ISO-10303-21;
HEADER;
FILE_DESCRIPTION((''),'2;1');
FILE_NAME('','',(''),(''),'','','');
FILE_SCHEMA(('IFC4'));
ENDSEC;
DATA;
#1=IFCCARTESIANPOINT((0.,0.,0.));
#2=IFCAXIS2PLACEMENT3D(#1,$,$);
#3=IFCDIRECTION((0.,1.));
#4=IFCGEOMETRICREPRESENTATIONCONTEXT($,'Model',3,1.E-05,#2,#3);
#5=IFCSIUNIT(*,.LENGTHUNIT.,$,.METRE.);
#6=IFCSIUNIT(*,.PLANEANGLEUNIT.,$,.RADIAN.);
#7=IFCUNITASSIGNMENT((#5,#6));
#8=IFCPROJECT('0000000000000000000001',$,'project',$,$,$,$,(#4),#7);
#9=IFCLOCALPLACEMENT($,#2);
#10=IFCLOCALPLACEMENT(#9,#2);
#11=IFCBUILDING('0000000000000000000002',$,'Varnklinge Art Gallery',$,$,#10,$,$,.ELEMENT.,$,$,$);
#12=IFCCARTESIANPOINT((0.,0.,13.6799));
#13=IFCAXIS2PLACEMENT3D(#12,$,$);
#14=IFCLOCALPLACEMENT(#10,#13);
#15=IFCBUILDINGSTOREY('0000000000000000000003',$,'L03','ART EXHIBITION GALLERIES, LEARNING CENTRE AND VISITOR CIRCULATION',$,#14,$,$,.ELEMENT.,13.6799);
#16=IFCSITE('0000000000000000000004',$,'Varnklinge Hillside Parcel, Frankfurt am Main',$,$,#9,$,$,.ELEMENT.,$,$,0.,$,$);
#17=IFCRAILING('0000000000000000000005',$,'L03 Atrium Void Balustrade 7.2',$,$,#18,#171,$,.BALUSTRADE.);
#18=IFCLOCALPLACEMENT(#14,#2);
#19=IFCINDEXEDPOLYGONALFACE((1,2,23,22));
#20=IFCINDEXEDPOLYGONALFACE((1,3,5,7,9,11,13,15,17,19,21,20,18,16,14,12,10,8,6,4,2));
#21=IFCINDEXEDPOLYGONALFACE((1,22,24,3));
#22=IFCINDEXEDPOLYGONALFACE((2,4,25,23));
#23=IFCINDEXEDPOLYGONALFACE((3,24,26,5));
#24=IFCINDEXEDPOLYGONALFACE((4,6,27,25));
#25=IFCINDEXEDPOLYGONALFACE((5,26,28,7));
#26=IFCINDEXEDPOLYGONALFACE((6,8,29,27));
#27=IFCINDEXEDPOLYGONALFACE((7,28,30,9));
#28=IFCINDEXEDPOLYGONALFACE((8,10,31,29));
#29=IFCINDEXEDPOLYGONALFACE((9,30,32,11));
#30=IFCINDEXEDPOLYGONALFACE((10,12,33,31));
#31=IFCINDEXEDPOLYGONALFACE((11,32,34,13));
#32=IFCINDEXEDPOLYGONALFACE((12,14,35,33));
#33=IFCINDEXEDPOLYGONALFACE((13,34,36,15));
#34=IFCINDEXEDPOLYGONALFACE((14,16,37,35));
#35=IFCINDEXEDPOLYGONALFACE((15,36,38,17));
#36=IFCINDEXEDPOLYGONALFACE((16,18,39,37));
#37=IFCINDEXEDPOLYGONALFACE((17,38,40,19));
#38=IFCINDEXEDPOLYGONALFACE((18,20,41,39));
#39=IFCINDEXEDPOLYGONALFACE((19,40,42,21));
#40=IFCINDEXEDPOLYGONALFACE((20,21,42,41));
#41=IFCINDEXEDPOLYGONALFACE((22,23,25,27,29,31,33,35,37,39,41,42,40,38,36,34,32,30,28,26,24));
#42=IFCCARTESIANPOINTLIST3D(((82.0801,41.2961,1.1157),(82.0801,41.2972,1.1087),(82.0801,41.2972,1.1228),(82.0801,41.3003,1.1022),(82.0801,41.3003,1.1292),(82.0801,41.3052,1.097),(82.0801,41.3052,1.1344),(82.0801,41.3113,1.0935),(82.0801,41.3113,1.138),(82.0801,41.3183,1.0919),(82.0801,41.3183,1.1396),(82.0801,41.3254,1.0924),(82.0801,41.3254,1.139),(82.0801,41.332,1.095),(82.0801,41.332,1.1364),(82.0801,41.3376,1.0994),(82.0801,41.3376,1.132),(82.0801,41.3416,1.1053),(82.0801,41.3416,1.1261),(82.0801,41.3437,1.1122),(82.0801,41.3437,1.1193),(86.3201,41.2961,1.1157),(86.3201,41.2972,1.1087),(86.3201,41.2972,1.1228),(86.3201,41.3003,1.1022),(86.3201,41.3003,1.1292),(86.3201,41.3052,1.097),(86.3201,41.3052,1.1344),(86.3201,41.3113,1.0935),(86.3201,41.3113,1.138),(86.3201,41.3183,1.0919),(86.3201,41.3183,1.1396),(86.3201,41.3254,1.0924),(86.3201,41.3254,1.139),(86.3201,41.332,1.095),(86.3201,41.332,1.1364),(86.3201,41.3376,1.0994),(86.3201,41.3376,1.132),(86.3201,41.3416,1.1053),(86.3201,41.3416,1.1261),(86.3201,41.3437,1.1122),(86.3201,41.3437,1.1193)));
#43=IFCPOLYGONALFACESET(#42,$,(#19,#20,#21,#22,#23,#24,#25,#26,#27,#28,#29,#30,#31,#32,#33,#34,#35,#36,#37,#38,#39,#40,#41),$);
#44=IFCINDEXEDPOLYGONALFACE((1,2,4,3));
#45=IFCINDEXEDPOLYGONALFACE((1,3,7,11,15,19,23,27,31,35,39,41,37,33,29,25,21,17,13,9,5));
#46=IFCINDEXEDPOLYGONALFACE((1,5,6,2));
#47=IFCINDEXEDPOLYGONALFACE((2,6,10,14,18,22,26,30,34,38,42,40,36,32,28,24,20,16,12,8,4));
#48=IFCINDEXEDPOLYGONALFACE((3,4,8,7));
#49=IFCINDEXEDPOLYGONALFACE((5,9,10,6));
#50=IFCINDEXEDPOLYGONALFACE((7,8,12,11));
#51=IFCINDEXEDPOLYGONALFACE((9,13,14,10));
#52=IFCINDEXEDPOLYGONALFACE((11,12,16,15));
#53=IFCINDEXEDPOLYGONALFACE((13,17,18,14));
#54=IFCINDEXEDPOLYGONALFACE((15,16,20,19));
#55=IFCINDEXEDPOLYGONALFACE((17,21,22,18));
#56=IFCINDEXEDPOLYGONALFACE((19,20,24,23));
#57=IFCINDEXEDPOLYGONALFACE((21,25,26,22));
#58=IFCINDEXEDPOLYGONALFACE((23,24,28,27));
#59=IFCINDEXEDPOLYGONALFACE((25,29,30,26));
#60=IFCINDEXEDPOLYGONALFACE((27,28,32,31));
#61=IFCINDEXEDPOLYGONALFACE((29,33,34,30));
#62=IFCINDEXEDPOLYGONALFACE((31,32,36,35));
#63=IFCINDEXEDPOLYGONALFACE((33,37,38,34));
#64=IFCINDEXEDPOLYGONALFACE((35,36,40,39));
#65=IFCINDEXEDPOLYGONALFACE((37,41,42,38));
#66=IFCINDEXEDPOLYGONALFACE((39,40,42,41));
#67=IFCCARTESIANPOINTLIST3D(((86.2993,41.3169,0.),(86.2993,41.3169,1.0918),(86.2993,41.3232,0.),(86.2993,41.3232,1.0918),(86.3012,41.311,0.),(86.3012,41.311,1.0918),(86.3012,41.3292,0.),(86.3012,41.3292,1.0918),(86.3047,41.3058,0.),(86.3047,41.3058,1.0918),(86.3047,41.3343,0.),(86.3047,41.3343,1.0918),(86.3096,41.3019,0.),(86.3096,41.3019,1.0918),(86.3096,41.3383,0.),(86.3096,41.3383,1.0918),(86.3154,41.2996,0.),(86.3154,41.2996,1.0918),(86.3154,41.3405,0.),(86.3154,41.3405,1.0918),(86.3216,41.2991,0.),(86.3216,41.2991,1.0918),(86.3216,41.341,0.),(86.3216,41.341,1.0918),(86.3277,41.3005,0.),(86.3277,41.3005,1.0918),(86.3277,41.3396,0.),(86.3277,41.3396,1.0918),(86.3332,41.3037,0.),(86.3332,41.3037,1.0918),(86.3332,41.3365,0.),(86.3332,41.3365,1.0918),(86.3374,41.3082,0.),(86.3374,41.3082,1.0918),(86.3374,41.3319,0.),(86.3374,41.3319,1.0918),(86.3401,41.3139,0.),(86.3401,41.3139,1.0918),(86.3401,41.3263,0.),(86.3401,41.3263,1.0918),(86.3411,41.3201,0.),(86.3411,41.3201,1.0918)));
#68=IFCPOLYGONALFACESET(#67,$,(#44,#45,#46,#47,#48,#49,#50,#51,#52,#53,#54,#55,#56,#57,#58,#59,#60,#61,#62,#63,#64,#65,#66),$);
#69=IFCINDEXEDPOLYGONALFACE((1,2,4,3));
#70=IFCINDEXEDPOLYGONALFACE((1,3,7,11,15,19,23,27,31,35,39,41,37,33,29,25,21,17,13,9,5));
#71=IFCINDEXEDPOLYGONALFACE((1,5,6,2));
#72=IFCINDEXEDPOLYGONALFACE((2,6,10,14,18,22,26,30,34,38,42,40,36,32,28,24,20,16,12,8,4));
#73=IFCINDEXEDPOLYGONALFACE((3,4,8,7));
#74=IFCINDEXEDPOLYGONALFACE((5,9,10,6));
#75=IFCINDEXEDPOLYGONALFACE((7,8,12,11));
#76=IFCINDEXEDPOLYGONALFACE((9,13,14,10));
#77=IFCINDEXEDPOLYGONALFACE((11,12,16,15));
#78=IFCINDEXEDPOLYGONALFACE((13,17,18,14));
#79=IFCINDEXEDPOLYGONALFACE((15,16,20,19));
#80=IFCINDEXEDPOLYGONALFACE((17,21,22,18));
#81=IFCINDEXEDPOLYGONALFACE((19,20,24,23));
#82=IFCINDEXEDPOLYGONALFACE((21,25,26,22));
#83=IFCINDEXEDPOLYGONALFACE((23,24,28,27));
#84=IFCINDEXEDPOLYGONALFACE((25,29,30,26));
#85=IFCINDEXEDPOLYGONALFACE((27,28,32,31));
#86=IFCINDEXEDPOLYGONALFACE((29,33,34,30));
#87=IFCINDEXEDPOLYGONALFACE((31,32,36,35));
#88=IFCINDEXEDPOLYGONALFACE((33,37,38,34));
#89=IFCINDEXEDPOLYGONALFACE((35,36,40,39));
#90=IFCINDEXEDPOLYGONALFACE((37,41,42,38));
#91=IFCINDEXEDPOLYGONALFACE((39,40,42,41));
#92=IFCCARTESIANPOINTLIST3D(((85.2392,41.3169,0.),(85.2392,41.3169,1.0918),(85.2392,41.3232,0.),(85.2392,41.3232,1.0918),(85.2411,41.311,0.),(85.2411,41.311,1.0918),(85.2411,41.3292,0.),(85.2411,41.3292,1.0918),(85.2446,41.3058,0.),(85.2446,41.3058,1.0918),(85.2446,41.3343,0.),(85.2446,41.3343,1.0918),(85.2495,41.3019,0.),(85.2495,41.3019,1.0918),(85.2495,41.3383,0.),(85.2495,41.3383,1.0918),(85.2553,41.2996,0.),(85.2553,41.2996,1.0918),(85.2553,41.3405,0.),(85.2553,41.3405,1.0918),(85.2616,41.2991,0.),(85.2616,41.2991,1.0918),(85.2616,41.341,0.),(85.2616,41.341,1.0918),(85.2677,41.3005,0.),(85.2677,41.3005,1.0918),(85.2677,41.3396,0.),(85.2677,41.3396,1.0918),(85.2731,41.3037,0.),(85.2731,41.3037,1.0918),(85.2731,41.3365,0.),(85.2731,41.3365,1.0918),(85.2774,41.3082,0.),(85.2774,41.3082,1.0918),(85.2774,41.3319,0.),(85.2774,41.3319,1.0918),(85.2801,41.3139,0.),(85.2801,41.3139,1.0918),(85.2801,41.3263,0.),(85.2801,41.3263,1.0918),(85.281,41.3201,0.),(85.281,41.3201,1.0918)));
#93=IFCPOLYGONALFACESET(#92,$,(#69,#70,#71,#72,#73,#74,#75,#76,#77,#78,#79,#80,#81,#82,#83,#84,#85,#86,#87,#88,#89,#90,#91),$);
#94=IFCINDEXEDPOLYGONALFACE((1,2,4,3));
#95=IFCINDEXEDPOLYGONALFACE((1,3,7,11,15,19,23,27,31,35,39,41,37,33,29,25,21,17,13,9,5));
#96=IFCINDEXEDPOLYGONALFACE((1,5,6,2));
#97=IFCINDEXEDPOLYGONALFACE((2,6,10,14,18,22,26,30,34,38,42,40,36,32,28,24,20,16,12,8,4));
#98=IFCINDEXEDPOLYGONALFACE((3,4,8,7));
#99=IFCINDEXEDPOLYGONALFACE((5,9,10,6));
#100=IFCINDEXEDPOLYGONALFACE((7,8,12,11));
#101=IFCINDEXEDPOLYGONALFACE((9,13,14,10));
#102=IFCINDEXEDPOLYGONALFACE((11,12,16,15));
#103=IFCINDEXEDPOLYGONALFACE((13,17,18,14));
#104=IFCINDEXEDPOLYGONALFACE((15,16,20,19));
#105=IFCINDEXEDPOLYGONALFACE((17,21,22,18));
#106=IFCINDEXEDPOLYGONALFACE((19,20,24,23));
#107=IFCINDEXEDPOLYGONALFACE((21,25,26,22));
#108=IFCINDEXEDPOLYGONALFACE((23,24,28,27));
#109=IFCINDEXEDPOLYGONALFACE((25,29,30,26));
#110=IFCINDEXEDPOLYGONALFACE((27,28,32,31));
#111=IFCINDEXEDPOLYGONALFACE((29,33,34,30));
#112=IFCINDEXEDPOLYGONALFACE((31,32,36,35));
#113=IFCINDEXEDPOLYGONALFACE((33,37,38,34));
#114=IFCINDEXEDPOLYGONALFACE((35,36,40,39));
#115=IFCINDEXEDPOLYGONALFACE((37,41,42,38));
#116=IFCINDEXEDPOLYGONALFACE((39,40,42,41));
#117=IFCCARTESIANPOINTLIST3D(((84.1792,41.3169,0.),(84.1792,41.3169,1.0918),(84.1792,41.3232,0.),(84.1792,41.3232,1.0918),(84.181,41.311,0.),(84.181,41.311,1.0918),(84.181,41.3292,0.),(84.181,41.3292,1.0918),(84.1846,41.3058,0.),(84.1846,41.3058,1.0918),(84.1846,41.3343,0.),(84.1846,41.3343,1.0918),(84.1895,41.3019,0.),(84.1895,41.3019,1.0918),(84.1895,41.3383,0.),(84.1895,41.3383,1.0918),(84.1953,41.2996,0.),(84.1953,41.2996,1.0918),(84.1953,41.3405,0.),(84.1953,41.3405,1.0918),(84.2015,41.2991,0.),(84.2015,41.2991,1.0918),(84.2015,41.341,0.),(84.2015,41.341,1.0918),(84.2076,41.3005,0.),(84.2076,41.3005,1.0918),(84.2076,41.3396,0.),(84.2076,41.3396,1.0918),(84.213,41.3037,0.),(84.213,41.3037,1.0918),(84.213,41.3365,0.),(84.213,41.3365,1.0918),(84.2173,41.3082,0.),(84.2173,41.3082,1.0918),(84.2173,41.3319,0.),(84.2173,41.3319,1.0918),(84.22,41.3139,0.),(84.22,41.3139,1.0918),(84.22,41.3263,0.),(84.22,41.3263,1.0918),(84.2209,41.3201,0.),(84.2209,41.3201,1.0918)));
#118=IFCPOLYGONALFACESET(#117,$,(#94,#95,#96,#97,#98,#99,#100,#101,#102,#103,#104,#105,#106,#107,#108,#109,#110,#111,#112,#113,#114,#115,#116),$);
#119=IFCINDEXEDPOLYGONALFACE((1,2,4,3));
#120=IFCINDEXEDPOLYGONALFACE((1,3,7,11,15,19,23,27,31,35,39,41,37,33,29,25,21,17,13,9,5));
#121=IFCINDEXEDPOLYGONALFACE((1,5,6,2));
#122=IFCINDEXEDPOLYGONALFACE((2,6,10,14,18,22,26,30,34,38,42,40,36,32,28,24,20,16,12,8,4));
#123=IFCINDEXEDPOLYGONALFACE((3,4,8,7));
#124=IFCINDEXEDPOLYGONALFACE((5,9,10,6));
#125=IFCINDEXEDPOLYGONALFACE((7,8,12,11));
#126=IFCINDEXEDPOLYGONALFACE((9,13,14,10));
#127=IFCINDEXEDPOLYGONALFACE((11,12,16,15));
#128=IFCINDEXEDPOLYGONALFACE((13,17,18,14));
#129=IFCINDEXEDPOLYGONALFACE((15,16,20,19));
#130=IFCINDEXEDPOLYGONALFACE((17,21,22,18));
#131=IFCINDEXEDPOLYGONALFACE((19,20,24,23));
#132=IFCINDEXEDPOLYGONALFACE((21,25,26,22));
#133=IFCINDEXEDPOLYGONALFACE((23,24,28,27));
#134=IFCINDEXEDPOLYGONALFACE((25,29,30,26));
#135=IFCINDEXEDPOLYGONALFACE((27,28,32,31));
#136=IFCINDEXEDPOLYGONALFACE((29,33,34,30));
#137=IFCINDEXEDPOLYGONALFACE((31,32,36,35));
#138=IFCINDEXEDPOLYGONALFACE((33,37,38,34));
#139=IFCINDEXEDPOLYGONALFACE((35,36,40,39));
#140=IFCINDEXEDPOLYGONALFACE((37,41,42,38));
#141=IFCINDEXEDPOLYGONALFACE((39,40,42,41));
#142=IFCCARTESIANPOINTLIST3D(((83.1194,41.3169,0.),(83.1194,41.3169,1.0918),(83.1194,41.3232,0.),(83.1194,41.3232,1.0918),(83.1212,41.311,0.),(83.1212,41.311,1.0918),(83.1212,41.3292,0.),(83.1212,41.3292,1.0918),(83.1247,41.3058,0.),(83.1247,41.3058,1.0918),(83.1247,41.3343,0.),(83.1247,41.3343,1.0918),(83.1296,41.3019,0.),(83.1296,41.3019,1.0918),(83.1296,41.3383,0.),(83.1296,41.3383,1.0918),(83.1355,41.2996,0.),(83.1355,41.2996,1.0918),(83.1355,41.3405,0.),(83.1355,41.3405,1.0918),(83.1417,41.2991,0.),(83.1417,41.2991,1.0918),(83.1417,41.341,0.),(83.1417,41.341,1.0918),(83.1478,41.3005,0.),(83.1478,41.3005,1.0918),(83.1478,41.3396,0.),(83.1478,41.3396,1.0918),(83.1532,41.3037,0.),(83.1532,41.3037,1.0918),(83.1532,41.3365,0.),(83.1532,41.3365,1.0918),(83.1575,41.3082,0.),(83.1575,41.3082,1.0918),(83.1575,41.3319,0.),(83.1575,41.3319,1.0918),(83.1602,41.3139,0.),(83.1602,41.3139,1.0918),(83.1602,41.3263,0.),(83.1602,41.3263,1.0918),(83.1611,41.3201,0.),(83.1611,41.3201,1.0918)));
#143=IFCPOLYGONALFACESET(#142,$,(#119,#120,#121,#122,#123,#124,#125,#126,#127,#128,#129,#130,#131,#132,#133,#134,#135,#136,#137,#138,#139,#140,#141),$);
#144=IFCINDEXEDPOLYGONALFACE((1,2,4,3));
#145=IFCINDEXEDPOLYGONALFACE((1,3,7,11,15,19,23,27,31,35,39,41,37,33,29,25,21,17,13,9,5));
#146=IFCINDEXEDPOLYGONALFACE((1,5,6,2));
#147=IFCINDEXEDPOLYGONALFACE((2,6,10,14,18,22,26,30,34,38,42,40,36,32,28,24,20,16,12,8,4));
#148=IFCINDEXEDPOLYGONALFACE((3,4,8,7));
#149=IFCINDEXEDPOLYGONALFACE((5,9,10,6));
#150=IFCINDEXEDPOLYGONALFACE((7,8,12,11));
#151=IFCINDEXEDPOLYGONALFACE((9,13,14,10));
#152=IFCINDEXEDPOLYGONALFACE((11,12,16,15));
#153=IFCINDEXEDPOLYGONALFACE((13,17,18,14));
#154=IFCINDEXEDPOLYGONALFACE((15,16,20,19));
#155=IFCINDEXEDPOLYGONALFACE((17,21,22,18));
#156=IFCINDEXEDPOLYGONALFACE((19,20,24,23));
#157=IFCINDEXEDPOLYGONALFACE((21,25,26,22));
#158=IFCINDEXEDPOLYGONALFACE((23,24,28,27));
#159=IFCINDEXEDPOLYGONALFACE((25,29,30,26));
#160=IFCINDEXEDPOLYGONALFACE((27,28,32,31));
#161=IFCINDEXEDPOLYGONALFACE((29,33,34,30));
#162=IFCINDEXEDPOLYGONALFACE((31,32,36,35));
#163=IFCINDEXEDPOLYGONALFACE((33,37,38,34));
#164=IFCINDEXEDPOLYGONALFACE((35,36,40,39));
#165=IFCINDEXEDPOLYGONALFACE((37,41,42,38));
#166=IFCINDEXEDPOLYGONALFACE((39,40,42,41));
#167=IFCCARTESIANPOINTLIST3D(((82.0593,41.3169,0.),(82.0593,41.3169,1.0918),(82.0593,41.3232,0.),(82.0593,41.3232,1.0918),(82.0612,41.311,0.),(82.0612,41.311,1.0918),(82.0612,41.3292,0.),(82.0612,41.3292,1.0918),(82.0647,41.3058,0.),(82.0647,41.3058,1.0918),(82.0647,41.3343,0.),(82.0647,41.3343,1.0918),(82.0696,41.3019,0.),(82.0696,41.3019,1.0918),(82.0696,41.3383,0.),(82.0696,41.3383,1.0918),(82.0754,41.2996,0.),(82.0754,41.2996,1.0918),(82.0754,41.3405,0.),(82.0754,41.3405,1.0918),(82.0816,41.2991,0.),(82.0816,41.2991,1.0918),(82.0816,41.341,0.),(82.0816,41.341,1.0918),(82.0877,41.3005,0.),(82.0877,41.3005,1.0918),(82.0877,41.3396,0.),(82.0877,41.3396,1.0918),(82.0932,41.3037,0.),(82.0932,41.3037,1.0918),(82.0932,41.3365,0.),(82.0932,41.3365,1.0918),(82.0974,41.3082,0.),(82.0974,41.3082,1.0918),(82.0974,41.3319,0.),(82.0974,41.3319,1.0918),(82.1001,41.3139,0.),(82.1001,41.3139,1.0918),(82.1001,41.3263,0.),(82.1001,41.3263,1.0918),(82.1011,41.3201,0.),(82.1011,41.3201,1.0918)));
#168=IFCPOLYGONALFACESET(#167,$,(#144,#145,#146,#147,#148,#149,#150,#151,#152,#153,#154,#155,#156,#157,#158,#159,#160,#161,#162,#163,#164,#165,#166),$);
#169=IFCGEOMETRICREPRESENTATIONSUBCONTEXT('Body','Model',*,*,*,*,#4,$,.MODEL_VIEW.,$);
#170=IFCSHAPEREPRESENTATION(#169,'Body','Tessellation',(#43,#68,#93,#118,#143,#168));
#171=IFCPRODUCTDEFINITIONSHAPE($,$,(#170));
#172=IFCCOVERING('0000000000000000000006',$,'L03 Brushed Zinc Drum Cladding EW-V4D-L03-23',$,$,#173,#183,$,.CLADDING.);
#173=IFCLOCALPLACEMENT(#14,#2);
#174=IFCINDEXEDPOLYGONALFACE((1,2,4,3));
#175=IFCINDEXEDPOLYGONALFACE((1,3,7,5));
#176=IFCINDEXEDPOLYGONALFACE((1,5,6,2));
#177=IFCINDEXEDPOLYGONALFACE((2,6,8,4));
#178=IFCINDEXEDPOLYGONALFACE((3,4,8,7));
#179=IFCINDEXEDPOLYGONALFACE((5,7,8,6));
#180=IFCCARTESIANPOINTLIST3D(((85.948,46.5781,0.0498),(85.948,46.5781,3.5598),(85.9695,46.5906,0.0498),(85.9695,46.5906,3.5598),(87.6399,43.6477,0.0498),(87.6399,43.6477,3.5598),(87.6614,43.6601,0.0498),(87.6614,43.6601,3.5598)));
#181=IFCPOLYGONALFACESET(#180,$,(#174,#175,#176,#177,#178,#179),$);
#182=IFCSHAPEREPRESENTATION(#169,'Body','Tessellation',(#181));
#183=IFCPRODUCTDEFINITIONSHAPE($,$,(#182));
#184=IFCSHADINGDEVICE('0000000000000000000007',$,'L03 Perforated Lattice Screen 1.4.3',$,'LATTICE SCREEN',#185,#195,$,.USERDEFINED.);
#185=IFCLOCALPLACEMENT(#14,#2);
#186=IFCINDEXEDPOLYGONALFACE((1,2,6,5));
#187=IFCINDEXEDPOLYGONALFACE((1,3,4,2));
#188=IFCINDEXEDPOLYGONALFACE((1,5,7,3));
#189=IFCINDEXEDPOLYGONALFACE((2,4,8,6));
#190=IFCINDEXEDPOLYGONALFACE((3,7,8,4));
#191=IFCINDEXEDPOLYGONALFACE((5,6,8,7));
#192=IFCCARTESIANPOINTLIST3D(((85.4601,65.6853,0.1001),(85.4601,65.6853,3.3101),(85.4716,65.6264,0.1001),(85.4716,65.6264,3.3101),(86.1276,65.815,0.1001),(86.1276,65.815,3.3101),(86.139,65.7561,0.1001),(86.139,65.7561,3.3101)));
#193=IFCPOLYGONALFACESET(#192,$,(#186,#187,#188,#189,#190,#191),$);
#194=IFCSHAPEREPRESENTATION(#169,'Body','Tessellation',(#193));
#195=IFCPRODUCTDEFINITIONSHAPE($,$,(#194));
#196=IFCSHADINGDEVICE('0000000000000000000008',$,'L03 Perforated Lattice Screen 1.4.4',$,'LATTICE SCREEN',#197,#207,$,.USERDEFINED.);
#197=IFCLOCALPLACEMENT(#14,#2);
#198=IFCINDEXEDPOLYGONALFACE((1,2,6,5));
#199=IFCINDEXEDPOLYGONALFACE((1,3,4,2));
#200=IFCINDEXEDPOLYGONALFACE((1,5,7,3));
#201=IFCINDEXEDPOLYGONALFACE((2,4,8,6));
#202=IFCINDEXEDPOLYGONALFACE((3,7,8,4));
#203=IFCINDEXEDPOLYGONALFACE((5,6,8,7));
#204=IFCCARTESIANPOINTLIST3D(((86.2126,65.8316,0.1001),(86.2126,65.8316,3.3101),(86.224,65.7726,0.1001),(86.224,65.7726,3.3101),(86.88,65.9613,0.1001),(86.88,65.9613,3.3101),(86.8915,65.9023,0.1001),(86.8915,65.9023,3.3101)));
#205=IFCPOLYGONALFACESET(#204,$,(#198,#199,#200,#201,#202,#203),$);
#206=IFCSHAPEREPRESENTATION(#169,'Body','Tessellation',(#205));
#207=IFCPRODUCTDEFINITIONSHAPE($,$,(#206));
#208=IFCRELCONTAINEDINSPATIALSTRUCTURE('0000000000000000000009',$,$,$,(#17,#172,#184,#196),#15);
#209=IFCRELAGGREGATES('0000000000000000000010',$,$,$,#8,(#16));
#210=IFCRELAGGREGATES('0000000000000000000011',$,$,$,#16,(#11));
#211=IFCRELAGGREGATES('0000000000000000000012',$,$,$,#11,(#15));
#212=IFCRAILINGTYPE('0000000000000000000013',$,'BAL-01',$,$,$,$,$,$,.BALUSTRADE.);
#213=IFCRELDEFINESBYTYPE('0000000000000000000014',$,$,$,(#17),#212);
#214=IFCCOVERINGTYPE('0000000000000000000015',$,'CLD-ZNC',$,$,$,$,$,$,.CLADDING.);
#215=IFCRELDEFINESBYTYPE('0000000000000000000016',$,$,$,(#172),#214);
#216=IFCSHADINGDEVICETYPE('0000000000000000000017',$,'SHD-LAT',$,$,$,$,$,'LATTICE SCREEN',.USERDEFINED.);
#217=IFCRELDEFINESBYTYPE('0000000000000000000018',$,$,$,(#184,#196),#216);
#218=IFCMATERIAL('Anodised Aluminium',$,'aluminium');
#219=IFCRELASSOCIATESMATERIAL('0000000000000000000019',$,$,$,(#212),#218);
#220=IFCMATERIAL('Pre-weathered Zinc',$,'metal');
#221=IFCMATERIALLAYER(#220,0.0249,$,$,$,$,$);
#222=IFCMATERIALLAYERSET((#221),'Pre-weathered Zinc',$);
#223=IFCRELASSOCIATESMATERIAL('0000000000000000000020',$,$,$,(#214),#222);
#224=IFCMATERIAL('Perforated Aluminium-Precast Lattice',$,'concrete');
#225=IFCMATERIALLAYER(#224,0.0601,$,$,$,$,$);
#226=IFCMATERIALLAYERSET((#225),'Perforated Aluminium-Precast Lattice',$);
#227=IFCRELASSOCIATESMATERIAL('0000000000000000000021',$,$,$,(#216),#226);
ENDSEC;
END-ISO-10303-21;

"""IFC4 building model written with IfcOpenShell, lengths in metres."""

from ifc_helpers import new_model, si_unit, direction, frame, origin, origin_2d, place, context, subcontext, project, spatial, rectangle, circle, extrude, material, layer, layer_set, type_object, element, save


model = new_model("IFC4")

# Units and contexts
model_context = context("Model", 3, precision=1e-05, world=origin(), true_north=direction((0.0, 1.0)))
body_context = subcontext(model_context, "Body", "Model", "MODEL_VIEW")
ifc_project = project(units=[si_unit("LENGTHUNIT", "METRE"), si_unit("PLANEANGLEUNIT", "RADIAN")], contexts=[model_context])

# Site, building, storey
site_placement = place(None, origin())
site = spatial("IfcSite", under=ifc_project, at=site_placement, Name="Varnklinge Hillside Parcel, Frankfurt am Main", CompositionType="ELEMENT", RefElevation=0.0)
building_placement = place(site_placement, origin())
building = spatial("IfcBuilding", under=site, at=building_placement, Name="Varnklinge Art Gallery", CompositionType="ELEMENT")
storey_placement = place(building_placement, frame((0.0, 0.0, 13.6799)))
storey = spatial("IfcBuildingStorey", under=building, at=storey_placement, Name="L03", Description="ART EXHIBITION GALLERIES, LEARNING CENTRE AND VISITOR CIRCULATION", CompositionType="ELEMENT", Elevation=13.6799)

# Railing
ifc_material_1 = material(Name="Anodised Aluminium", Category="aluminium")
railing_type = type_object("IfcRailingType", Name="BAL-01", PredefinedType="BALUSTRADE", material=ifc_material_1)
railing_placement = place(storey_placement, frame((86.3201, 41.3201, 0.0)))
element("IfcRailing", 1, at=railing_placement, inside=storey, type_object=railing_type, Name="L03 Atrium Void Balustrade 7.2", PredefinedType="BALUSTRADE", context=body_context, shape_type="SweptSolid", body=[
    extrude(circle(Radius=0.0239, at=origin_2d()), frame((0.0, 0.0, 1.1157), z_axis=(-1.0, 0.0, 0.0), x_axis=(0.0, -1.0, 0.0)), (0.0, 0.0, 1.0), 4.24),
    extrude(circle(Radius=0.021, at=origin_2d()), origin(), (0.0, 0.0, 1.0), 1.0918),
    extrude(circle(Radius=0.021, at=origin_2d()), frame((-1.0601, 0.0, 0.0)), (0.0, 0.0, 1.0), 1.0918),
    extrude(circle(Radius=0.021, at=origin_2d()), frame((-2.1201, 0.0, 0.0)), (0.0, 0.0, 1.0), 1.0918),
    extrude(circle(Radius=0.021, at=origin_2d()), frame((-3.1799, 0.0, 0.0)), (0.0, 0.0, 1.0), 1.0918),
    extrude(circle(Radius=0.021, at=origin_2d()), frame((-4.24, 0.0, 0.0)), (0.0, 0.0, 1.0), 1.0918),
])

# Covering
ifc_material_2 = material(Name="Pre-weathered Zinc", Category="metal")
ifc_layer_1 = layer(ifc_material_2, 0.0249)
ifc_layer_set_1 = layer_set([ifc_layer_1], Name="Pre-weathered Zinc")
covering_type = type_object("IfcCoveringType", Name="CLD-ZNC", PredefinedType="CLADDING", material=ifc_layer_set_1)
covering_placement = place(storey_placement, frame((86.8047, 45.1191, 0.0498), z_axis=(0.0, 0.0, 1.0), x_axis=(0.5, -0.866025, 0.0)))
element("IfcCovering", 2, at=covering_placement, inside=storey, type_object=covering_type, Name="L03 Brushed Zinc Drum Cladding EW-V4D-L03-23", PredefinedType="CLADDING", context=body_context, shape_type="SweptSolid", body=[
    extrude(rectangle(XDim=3.3838, YDim=0.0249, at=origin_2d()), origin(), (0.0, 0.0, 1.0), 3.51),
])

# Shading devices
ifc_material_3 = material(Name="Perforated Aluminium-Precast Lattice", Category="concrete")
ifc_layer_2 = layer(ifc_material_3, 0.0601)
ifc_layer_set_2 = layer_set([ifc_layer_2], Name="Perforated Aluminium-Precast Lattice")
shading_device_type = type_object("IfcShadingDeviceType", Name="SHD-LAT", ElementType="LATTICE SCREEN", PredefinedType="USERDEFINED", material=ifc_layer_set_2)
for number, where, z_axis, x_axis, name in (
    (3, (85.7996, 65.7207, 0.1001), (0.0, 0.0, 1.0), (0.981627, 0.190809, 0.0), "L03 Perforated Lattice Screen 1.4.3"),
    (4, (86.552, 65.8669, 0.1001), (0.0, 0.0, 1.0), (0.981627, 0.190809, 0.0), "L03 Perforated Lattice Screen 1.4.4"),
):
    element("IfcShadingDevice", number, at=place(storey_placement, frame(where, z_axis=z_axis, x_axis=x_axis)), inside=storey, type_object=shading_device_type, Name=name, ObjectType="LATTICE SCREEN", PredefinedType="USERDEFINED", context=body_context, shape_type="SweptSolid", body=[
        extrude(rectangle(XDim=0.6799, YDim=0.0601, at=origin_2d()), origin(), (0.0, 0.0, 1.0), 3.21),
    ])

save(model, "model.ifc")
